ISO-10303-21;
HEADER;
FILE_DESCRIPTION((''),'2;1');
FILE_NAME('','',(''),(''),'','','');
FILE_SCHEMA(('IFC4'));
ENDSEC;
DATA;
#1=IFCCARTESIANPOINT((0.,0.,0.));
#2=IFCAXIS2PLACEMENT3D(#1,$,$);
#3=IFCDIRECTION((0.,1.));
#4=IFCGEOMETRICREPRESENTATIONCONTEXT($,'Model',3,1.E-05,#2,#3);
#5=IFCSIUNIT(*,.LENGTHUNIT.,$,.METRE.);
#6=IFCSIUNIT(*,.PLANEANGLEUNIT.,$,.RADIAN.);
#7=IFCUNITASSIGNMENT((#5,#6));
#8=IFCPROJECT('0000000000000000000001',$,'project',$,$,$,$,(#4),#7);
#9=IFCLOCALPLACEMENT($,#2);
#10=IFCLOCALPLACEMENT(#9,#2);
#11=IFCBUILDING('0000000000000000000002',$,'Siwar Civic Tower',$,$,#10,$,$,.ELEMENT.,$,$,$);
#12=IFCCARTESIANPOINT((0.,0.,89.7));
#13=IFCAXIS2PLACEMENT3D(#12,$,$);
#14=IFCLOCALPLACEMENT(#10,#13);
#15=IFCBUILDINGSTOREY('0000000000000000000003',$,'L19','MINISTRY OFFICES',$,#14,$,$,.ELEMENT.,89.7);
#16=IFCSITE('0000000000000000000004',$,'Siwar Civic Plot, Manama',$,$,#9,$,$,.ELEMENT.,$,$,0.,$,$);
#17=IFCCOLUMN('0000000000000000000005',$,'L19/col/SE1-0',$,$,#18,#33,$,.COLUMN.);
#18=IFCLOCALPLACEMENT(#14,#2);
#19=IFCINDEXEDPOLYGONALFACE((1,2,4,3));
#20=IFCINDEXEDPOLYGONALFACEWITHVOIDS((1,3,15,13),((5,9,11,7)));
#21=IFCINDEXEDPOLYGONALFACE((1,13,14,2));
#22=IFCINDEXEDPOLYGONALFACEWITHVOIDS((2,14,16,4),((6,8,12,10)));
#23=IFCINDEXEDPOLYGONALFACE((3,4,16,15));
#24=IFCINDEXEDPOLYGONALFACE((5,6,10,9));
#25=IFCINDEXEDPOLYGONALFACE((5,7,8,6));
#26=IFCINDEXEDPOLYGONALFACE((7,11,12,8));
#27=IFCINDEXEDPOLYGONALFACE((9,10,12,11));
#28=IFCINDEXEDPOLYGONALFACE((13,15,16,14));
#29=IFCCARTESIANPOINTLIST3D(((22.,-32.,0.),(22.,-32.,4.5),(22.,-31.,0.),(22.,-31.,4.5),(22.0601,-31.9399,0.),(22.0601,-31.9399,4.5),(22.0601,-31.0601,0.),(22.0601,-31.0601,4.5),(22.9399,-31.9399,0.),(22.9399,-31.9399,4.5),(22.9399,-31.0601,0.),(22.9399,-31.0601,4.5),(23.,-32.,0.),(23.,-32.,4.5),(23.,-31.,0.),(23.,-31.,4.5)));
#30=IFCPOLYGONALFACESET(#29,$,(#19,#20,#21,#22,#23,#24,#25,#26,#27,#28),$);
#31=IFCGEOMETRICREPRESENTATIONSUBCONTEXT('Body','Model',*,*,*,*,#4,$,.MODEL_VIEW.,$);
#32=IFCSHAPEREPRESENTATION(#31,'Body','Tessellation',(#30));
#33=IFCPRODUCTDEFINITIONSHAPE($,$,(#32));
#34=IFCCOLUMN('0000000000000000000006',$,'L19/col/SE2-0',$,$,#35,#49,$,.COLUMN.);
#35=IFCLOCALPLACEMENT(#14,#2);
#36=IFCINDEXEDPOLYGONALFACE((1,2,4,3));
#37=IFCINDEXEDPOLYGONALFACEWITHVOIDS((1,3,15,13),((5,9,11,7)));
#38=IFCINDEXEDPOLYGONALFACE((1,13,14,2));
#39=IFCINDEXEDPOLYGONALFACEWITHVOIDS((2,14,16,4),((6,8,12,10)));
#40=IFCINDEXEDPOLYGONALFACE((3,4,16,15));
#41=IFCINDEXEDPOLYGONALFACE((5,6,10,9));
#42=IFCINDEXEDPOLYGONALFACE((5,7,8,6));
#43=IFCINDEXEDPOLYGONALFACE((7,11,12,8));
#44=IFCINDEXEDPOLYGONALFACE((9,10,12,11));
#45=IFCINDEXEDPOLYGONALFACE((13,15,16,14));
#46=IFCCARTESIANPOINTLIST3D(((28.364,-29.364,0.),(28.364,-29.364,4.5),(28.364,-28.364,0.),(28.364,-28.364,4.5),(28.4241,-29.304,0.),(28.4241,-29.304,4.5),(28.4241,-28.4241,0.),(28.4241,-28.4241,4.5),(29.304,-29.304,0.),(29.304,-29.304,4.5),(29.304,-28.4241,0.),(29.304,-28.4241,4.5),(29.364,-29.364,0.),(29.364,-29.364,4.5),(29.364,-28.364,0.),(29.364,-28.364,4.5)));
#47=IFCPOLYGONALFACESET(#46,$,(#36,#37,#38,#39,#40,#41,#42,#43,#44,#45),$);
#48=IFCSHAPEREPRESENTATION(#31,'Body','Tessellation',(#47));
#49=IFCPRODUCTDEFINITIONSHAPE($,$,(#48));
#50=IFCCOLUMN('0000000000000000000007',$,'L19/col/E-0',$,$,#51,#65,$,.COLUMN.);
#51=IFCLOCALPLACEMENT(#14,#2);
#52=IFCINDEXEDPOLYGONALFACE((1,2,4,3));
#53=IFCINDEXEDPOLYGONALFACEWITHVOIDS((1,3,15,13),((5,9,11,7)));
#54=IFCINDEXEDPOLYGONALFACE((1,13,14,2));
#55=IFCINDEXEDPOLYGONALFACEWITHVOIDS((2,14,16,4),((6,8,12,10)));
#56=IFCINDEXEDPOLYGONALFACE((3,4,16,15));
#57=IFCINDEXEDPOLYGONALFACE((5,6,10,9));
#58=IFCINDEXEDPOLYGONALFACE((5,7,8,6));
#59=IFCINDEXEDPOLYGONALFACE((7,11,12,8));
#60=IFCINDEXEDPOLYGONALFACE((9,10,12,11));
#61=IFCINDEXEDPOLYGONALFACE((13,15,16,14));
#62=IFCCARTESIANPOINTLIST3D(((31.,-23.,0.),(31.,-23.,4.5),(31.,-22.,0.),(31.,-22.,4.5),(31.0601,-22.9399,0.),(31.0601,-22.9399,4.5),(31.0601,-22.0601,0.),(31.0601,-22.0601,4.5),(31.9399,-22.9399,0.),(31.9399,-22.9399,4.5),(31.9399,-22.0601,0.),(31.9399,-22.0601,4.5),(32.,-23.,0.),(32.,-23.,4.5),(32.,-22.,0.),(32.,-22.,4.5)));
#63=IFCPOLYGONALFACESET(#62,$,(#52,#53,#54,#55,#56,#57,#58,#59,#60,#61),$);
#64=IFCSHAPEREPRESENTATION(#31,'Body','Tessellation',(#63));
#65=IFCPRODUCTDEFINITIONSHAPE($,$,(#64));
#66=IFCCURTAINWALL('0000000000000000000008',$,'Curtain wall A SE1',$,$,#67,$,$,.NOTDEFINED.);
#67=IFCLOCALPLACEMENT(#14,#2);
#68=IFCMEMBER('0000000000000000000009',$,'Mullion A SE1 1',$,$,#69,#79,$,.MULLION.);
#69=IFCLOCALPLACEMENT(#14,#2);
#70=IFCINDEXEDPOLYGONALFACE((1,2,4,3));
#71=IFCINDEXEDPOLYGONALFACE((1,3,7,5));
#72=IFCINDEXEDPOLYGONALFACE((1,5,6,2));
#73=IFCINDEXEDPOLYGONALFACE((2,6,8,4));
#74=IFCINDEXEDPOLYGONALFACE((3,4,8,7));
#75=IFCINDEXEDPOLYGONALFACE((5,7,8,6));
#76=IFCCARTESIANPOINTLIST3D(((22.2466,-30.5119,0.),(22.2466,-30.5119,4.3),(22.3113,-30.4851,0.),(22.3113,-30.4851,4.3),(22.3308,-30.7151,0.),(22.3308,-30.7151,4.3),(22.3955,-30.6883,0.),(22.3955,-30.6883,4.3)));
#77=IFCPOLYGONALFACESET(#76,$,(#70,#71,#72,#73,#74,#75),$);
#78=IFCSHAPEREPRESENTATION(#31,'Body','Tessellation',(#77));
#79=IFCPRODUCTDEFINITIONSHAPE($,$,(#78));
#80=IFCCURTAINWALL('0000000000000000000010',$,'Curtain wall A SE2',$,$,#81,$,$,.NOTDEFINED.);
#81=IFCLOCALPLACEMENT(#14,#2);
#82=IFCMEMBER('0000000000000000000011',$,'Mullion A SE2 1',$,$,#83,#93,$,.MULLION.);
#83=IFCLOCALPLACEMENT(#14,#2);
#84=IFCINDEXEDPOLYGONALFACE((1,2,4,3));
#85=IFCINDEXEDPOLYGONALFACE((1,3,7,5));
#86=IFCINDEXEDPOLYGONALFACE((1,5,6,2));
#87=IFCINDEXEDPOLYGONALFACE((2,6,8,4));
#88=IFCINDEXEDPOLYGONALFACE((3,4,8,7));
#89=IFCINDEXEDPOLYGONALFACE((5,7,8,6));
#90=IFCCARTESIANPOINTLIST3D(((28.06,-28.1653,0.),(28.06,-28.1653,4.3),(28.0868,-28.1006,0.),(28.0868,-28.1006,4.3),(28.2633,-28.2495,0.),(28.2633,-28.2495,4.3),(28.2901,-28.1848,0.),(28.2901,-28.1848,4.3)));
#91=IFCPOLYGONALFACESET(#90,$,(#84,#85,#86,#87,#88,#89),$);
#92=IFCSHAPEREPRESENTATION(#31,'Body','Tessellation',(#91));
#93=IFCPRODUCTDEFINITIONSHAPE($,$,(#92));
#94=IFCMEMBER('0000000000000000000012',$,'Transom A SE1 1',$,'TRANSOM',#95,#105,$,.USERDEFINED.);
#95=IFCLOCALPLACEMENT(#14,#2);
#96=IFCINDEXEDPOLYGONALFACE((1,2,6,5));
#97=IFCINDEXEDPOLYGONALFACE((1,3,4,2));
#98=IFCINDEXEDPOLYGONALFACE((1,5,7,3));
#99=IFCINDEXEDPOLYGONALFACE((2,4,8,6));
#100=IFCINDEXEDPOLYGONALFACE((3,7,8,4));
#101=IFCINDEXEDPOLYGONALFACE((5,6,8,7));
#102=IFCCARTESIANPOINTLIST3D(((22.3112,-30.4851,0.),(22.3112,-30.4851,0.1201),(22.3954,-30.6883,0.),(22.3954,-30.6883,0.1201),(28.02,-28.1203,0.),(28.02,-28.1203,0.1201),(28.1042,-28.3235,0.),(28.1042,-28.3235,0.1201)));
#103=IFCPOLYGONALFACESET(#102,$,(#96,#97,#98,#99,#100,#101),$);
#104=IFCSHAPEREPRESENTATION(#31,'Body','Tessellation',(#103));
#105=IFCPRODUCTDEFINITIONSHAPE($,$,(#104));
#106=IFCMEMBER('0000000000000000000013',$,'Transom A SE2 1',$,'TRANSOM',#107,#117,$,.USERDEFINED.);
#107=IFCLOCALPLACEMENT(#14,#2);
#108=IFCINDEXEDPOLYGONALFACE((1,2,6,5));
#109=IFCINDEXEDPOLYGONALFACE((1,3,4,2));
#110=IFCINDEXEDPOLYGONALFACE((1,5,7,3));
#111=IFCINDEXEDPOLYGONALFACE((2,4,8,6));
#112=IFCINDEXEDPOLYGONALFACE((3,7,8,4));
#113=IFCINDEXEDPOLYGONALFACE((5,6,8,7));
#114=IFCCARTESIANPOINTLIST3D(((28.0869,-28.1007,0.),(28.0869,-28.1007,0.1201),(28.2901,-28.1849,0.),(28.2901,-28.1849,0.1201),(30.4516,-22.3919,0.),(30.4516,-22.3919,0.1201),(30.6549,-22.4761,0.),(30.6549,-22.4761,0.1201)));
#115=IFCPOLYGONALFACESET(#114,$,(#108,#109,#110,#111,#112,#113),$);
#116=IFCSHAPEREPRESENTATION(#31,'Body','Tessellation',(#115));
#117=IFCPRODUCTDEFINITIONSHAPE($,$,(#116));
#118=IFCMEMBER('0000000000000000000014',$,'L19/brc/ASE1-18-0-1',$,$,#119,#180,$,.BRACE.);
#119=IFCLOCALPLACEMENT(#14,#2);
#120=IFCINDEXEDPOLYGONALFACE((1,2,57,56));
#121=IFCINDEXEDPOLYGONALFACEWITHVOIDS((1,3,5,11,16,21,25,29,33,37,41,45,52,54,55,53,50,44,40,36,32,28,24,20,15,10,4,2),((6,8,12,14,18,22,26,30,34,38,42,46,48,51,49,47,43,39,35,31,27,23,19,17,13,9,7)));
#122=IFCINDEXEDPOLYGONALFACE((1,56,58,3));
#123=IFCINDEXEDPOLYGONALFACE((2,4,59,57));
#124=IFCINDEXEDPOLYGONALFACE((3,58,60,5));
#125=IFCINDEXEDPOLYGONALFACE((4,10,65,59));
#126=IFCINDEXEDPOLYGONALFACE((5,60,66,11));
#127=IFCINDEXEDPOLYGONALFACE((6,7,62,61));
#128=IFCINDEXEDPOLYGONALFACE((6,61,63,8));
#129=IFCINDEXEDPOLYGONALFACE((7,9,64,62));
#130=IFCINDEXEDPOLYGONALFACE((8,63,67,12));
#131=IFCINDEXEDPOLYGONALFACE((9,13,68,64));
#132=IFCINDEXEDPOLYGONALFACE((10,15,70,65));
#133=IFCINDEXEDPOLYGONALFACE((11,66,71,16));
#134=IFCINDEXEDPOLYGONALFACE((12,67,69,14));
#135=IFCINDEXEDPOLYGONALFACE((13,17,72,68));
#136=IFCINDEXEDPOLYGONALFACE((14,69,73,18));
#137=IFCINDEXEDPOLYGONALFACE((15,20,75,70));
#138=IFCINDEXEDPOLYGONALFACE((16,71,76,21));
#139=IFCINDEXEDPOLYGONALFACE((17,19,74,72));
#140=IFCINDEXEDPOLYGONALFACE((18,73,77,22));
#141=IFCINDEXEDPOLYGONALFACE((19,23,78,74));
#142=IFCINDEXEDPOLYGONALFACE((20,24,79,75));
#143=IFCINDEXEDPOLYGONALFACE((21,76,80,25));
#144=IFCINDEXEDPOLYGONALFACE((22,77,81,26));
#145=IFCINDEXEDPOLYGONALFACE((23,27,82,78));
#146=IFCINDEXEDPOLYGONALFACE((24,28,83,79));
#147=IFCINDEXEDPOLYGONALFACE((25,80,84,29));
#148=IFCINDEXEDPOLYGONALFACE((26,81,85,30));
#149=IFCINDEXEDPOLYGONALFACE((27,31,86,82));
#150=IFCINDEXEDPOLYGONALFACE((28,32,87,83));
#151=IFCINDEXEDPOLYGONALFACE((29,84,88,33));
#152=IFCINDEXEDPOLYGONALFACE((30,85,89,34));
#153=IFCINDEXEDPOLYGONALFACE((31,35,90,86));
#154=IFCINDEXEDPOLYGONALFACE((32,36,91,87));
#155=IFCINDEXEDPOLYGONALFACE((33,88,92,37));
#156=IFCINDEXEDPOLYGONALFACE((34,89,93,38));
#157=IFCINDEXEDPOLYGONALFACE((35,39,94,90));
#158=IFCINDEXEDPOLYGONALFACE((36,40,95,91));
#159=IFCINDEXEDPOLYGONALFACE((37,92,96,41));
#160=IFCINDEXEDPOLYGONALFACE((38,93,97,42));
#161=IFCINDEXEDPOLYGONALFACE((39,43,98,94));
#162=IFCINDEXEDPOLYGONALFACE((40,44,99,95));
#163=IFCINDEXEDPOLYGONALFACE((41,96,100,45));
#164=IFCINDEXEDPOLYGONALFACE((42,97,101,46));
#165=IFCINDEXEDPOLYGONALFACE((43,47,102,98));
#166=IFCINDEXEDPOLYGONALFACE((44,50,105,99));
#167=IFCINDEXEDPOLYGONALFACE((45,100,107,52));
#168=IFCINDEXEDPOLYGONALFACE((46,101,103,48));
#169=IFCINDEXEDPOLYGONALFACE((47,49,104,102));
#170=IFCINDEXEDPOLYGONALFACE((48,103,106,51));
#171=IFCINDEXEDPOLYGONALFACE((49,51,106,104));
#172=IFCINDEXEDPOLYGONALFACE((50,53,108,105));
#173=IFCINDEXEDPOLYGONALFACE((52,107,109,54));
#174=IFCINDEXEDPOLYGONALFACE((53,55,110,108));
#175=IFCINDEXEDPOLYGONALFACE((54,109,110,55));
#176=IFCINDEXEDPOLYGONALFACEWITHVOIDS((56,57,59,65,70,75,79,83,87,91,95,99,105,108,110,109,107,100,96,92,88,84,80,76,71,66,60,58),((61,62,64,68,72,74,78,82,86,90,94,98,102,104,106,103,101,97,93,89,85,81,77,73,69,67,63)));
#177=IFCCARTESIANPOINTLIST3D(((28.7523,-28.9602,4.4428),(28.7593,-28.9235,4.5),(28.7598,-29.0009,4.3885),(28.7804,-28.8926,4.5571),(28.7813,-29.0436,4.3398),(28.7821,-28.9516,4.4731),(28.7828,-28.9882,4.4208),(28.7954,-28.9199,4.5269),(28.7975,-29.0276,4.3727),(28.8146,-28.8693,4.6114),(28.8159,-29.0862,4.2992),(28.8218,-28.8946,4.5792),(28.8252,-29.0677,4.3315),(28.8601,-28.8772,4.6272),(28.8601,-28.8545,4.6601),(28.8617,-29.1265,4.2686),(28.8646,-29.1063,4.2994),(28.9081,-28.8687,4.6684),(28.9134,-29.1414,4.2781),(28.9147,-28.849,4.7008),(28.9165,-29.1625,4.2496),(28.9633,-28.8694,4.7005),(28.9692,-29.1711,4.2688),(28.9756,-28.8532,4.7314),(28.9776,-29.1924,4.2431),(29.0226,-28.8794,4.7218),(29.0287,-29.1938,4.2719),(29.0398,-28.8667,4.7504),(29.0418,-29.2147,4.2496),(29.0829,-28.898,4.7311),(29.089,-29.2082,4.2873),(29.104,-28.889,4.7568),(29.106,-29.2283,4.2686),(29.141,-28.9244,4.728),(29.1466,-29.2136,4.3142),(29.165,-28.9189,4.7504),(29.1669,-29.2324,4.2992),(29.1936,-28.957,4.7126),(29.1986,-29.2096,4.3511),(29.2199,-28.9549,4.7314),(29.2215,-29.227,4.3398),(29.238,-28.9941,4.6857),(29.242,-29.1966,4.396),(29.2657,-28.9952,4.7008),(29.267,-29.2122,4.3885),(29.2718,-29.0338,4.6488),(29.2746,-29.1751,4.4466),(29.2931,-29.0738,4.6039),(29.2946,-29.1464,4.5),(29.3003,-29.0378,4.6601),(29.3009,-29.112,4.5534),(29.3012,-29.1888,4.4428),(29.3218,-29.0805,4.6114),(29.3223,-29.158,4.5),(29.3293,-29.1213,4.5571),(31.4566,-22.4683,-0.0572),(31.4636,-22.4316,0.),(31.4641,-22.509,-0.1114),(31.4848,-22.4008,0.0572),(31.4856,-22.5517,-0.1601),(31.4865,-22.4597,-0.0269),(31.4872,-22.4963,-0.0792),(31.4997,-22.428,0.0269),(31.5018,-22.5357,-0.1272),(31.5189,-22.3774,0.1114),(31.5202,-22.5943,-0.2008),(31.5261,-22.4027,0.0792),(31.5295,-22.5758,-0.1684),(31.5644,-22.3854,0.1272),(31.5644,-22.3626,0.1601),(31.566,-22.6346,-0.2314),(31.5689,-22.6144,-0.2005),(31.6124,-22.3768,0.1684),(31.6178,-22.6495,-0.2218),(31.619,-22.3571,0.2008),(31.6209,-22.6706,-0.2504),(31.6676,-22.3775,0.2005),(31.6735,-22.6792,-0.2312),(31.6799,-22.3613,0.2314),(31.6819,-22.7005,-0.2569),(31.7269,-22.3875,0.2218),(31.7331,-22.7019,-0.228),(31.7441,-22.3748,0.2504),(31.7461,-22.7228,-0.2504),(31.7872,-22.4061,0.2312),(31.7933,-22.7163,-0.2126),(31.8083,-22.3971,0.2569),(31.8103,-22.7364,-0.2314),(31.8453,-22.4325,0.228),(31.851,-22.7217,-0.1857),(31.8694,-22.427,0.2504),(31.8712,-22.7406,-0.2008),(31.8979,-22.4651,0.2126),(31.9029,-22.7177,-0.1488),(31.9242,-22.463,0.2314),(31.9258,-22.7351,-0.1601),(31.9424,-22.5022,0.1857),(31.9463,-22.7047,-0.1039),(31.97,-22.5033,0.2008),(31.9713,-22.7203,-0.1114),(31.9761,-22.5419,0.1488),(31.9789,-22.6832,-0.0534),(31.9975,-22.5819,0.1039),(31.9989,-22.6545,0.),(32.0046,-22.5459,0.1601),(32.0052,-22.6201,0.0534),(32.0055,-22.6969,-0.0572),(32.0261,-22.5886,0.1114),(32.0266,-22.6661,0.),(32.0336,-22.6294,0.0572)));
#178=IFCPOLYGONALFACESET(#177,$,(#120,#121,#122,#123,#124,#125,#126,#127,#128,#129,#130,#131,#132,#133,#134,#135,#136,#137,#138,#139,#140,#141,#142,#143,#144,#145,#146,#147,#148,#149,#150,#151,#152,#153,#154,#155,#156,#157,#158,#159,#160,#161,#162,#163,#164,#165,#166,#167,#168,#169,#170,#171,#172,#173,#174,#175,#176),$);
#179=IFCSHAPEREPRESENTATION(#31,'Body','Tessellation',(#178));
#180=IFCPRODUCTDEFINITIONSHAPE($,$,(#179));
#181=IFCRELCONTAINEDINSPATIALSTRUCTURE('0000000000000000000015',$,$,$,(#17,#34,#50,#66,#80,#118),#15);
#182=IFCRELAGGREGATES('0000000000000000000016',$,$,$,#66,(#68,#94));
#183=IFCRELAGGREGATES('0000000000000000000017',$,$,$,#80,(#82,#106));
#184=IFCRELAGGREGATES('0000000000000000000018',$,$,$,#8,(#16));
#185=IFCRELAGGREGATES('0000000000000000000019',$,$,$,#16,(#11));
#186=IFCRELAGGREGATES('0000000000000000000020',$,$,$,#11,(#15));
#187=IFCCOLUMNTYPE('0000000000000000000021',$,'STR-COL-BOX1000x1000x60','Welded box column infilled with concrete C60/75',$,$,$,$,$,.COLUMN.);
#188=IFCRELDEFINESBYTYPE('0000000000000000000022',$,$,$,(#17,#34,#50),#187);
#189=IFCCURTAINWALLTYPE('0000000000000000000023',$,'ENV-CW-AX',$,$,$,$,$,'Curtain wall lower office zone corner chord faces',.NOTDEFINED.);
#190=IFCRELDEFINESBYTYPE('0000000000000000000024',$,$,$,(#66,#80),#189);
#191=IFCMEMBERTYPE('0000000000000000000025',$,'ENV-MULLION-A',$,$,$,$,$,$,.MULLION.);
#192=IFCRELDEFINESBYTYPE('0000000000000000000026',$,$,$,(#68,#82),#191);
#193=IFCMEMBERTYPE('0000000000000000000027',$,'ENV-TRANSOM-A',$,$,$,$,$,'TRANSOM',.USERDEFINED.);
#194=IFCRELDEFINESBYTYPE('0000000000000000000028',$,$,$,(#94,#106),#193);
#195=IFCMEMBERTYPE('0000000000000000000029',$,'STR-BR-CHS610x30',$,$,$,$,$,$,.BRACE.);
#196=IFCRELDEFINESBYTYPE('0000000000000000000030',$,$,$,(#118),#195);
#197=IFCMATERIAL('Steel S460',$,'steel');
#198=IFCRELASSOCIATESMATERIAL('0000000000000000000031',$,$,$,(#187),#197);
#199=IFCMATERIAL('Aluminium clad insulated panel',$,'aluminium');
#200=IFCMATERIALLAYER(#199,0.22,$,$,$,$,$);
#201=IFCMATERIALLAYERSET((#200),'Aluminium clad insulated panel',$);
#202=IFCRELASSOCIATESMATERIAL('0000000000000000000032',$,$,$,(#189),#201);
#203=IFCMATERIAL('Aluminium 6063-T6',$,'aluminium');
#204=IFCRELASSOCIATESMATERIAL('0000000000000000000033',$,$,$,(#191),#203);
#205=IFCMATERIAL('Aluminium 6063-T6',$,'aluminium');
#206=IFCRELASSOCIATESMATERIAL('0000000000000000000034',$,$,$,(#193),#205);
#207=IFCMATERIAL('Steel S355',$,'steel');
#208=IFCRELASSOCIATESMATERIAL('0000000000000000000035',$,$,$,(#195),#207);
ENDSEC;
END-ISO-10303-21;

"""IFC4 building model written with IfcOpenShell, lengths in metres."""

from ifc_helpers import new_model, si_unit, direction, frame, origin, origin_2d, place, context, subcontext, project, spatial, rectangle, hollow_rectangle, hollow_circle, extrude, material, layer, layer_set, material_profile, profile_set, type_object, element, aggregate, save


model = new_model("IFC4")

# Units and contexts
model_context = context("Model", 3, precision=1e-05, world=origin(), true_north=direction((0.0, 1.0)))
body_context = subcontext(model_context, "Body", "Model", "MODEL_VIEW")
ifc_project = project(units=[si_unit("LENGTHUNIT", "METRE"), si_unit("PLANEANGLEUNIT", "RADIAN")], contexts=[model_context])

# Site, building, storey
site_placement = place(None, origin())
site = spatial("IfcSite", under=ifc_project, at=site_placement, Name="Siwar Civic Plot, Manama", CompositionType="ELEMENT", RefElevation=0.0)
building_placement = place(site_placement, origin())
building = spatial("IfcBuilding", under=site, at=building_placement, Name="Siwar Civic Tower", CompositionType="ELEMENT")
storey_placement = place(building_placement, frame((0.0, 0.0, 89.7)))
storey = spatial("IfcBuildingStorey", under=building, at=storey_placement, Name="L19", Description="MINISTRY OFFICES", CompositionType="ELEMENT", Elevation=89.7)

# Columns
ifc_material_1 = material(Name="Steel S460", Category="steel")
ifc_material_profile_1 = material_profile(ifc_material_1, hollow_rectangle(XDim=1.0, YDim=1.0, WallThickness=0.0601, at=origin_2d()), Name="BOX1000x1000x60")
ifc_profile_set_1 = profile_set([ifc_material_profile_1], Name="Steel S460")
column_type = type_object("IfcColumnType", Name="STR-COL-BOX1000x1000x60", Description="Welded box column infilled with concrete C60/75", PredefinedType="COLUMN", material=ifc_profile_set_1)
for number, where, z_axis, x_axis, name in (
    (1, (22.5, -31.5, 0.0), (0.0, 0.0, 1.0), (1.0, 0.0, 0.0), "L19/col/SE1-0"),
    (2, (28.864, -28.864, 0.0), (0.0, 0.0, 1.0), (1.0, 0.0, 0.0), "L19/col/SE2-0"),
    (3, (31.5, -22.5, 0.0), (0.0, 0.0, 1.0), (1.0, 0.0, 0.0), "L19/col/E-0"),
):
    element("IfcColumn", number, at=place(storey_placement, frame(where, z_axis=z_axis, x_axis=x_axis)), inside=storey, type_object=column_type, Name=name, PredefinedType="COLUMN", context=body_context, shape_type="SweptSolid", body=[
        extrude(hollow_rectangle(XDim=1.0, YDim=1.0, WallThickness=0.0601, at=origin_2d()), origin(), (0.0, 0.0, 1.0), 4.5),
    ])

# Curtain walls, members
ifc_material_2 = material(Name="Aluminium clad insulated panel", Category="aluminium")
ifc_layer_1 = layer(ifc_material_2, 0.22)
ifc_layer_set_1 = layer_set([ifc_layer_1], Name="Aluminium clad insulated panel")
curtain_wall_type_1 = type_object("IfcCurtainWallType", Name="ENV-CW-AX", ElementType="Curtain wall lower office zone corner chord faces", PredefinedType="NOTDEFINED", material=ifc_layer_set_1)
curtain_wall_1_placement = place(storey_placement, origin())
curtain_wall_1 = element("IfcCurtainWall", 4, at=curtain_wall_1_placement, inside=storey, type_object=curtain_wall_type_1, Name="Curtain wall A SE1", PredefinedType="NOTDEFINED")
ifc_material_3 = material(Name="Aluminium 6063-T6", Category="aluminium")
ifc_material_profile_2 = material_profile(ifc_material_3, rectangle(XDim=0.22, YDim=0.0701, at=origin_2d()), Name="AL 220x70")
ifc_profile_set_2 = profile_set([ifc_material_profile_2], Name="Aluminium 6063-T6")
member_type_1 = type_object("IfcMemberType", Name="ENV-MULLION-A", PredefinedType="MULLION", material=ifc_profile_set_2)
member_1_placement = place(storey_placement, frame((22.321, -30.6001, 0.0), z_axis=(0.0, 0.0, 1.0), x_axis=(-0.382683, 0.92388, 0.0)))
member_1 = element("IfcMember", 5, at=member_1_placement, type_object=member_type_1, Name="Mullion A SE1 1", PredefinedType="MULLION", context=body_context, shape_type="SweptSolid", body=[
    extrude(rectangle(XDim=0.22, YDim=0.0701, at=origin_2d()), origin(), (0.0, 0.0, 1.0), 4.3),
])
curtain_wall_2_placement = place(storey_placement, origin())
curtain_wall_2 = element("IfcCurtainWall", 6, at=curtain_wall_2_placement, inside=storey, type_object=curtain_wall_type_1, Name="Curtain wall A SE2", PredefinedType="NOTDEFINED")
member_2_placement = place(storey_placement, frame((28.175, -28.175, 0.0), z_axis=(0.0, 0.0, 1.0), x_axis=(-0.92388, 0.382683, 0.0)))
member_2 = element("IfcMember", 7, at=member_2_placement, type_object=member_type_1, Name="Mullion A SE2 1", PredefinedType="MULLION", context=body_context, shape_type="SweptSolid", body=[
    extrude(rectangle(XDim=0.22, YDim=0.0701, at=origin_2d()), origin(), (0.0, 0.0, 1.0), 4.3),
])

# Members
ifc_material_4 = material(Name="Aluminium 6063-T6", Category="aluminium")
ifc_material_profile_3 = material_profile(ifc_material_4, rectangle(XDim=0.22, YDim=0.1201, at=origin_2d()), Name="AL 220x120")
ifc_profile_set_3 = profile_set([ifc_material_profile_3], Name="Aluminium 6063-T6")
member_type_2 = type_object("IfcMemberType", Name="ENV-TRANSOM-A", ElementType="TRANSOM", PredefinedType="USERDEFINED", material=ifc_profile_set_3)
member_3_placement = place(storey_placement, frame((22.3533, -30.5867, 0.0601), z_axis=(0.923873, 0.382698, 0.0), x_axis=(-0.382698, 0.923873, 0.0)))
member_3 = element("IfcMember", 8, at=member_3_placement, type_object=member_type_2, Name="Transom A SE1 1", ObjectType="TRANSOM", PredefinedType="USERDEFINED", context=body_context, shape_type="SweptSolid", body=[
    extrude(rectangle(XDim=0.22, YDim=0.1201, at=origin_2d()), origin(), (0.0, 0.0, 1.0), 6.1792),
])
member_4_placement = place(storey_placement, frame((28.1885, -28.1428, 0.0601), z_axis=(0.382698, 0.923873, 0.0), x_axis=(-0.923873, 0.382698, 0.0)))
member_4 = element("IfcMember", 9, at=member_4_placement, type_object=member_type_2, Name="Transom A SE2 1", ObjectType="TRANSOM", PredefinedType="USERDEFINED", context=body_context, shape_type="SweptSolid", body=[
    extrude(rectangle(XDim=0.22, YDim=0.1201, at=origin_2d()), origin(), (0.0, 0.0, 1.0), 6.1792),
])

# Member
ifc_material_5 = material(Name="Steel S355", Category="steel")
ifc_material_profile_4 = material_profile(ifc_material_5, hollow_circle(Radius=0.3049, WallThickness=0.03, at=origin_2d()), Name="CHS610x30")
ifc_profile_set_4 = profile_set([ifc_material_profile_4], Name="Steel S355")
member_type_3 = type_object("IfcMemberType", Name="STR-BR-CHS610x30", PredefinedType="BRACE", material=ifc_profile_set_4)
member_5_placement = place(storey_placement, frame((31.7451, -22.5488, 0.0), z_axis=(-0.323906, -0.777555, 0.538975), x_axis=(0.923109, -0.384539, 0.0)))
element("IfcMember", 10, at=member_5_placement, inside=storey, type_object=member_type_3, Name="L19/brc/ASE1-18-0-1", PredefinedType="BRACE", context=body_context, shape_type="SweptSolid", body=[
    extrude(hollow_circle(Radius=0.3049, WallThickness=0.03, at=origin_2d()), origin(), (0.0, 0.0, 1.0), 8.3491),
])

aggregate(curtain_wall_1, [member_1, member_3])
aggregate(curtain_wall_2, [member_2, member_4])

save(model, "model.ifc")
